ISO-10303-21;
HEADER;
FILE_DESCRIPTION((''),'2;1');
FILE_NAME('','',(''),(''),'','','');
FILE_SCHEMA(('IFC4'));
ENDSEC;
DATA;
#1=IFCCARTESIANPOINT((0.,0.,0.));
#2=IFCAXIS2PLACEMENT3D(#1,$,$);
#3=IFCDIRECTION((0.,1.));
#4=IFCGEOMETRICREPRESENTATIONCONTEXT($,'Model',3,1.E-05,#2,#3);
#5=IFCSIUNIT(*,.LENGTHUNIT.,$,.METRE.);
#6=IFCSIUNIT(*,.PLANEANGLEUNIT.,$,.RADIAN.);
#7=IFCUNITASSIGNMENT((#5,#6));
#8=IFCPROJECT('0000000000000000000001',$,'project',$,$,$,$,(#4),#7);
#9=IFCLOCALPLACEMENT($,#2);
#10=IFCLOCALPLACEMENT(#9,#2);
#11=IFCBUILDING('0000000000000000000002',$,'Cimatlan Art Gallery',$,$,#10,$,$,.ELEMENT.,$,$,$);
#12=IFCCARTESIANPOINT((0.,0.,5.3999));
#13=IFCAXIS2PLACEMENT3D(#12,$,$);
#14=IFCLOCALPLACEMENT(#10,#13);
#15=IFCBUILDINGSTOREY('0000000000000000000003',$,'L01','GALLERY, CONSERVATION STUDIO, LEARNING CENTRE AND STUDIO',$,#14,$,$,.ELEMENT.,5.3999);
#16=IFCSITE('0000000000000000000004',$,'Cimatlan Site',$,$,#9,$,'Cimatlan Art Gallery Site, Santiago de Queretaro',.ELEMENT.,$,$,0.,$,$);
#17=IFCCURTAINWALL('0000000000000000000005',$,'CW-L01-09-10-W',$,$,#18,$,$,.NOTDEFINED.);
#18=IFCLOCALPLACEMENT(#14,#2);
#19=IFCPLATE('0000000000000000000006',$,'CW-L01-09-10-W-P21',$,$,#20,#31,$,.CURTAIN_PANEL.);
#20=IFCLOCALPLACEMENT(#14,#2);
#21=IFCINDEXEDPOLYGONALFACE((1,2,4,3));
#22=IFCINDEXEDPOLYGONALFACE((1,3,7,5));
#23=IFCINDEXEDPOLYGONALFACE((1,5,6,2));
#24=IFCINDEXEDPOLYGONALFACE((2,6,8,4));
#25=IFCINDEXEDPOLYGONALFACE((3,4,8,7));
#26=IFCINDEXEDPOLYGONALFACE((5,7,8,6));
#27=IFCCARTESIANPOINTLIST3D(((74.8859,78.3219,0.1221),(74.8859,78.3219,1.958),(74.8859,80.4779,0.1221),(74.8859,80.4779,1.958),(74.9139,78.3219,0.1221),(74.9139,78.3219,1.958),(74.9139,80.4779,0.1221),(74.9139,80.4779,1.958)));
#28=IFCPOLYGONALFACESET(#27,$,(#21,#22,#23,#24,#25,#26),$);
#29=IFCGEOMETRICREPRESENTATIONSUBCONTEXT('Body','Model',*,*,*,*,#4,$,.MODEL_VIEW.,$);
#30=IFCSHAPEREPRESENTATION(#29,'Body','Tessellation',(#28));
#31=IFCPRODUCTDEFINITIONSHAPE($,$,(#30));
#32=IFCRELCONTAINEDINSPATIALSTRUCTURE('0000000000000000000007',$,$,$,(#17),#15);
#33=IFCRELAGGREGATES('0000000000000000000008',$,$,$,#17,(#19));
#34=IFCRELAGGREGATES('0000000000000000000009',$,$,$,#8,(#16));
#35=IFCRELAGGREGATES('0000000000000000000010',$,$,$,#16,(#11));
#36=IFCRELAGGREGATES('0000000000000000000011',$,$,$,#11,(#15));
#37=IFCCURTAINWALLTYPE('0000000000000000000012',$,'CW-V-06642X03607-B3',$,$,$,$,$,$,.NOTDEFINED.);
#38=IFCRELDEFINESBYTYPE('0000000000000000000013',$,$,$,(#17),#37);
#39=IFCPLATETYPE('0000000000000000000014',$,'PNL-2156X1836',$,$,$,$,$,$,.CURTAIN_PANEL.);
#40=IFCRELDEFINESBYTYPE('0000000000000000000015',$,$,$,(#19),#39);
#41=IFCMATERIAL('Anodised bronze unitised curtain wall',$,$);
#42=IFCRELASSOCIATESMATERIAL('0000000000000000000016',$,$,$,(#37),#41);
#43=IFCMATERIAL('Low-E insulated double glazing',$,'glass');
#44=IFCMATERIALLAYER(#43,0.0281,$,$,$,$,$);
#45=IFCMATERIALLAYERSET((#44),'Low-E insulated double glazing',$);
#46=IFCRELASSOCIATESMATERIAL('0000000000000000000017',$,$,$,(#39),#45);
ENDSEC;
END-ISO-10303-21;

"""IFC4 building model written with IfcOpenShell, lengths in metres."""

from ifc_helpers import new_model, si_unit, direction, frame, origin, origin_2d, place, context, subcontext, project, spatial, rectangle, extrude, material, layer, layer_set, type_object, element, aggregate, save


model = new_model("IFC4")

# Units and contexts
model_context = context("Model", 3, precision=1e-05, world=origin(), true_north=direction((0.0, 1.0)))
body_context = subcontext(model_context, "Body", "Model", "MODEL_VIEW")
ifc_project = project(units=[si_unit("LENGTHUNIT", "METRE"), si_unit("PLANEANGLEUNIT", "RADIAN")], contexts=[model_context])

# Site, building, storey
site_placement = place(None, origin())
site = spatial("IfcSite", under=ifc_project, at=site_placement, Name="Cimatlan Site", LongName="Cimatlan Art Gallery Site, Santiago de Queretaro", CompositionType="ELEMENT", RefElevation=0.0)
building_placement = place(site_placement, origin())
building = spatial("IfcBuilding", under=site, at=building_placement, Name="Cimatlan Art Gallery", CompositionType="ELEMENT")
storey_placement = place(building_placement, frame((0.0, 0.0, 5.3999)))
storey = spatial("IfcBuildingStorey", under=building, at=storey_placement, Name="L01", Description="GALLERY, CONSERVATION STUDIO, LEARNING CENTRE AND STUDIO", CompositionType="ELEMENT", Elevation=5.3999)

# Curtain wall
ifc_material_1 = material(Name="Anodised bronze unitised curtain wall")
curtain_wall_type_1 = type_object("IfcCurtainWallType", Name="CW-V-06642X03607-B3", PredefinedType="NOTDEFINED", material=ifc_material_1)
curtain_wall_1_placement = place(storey_placement, origin())
curtain_wall_1 = element("IfcCurtainWall", 1, at=curtain_wall_1_placement, inside=storey, type_object=curtain_wall_type_1, Name="CW-L01-09-10-W", PredefinedType="NOTDEFINED")

# Plate
ifc_material_2 = material(Name="Low-E insulated double glazing", Category="glass")
ifc_layer_1 = layer(ifc_material_2, 0.0281)
ifc_layer_set_1 = layer_set([ifc_layer_1], Name="Low-E insulated double glazing")
plate_type_1 = type_object("IfcPlateType", Name="PNL-2156X1836", PredefinedType="CURTAIN_PANEL", material=ifc_layer_set_1)
plate_1_placement = place(storey_placement, frame((74.8999, 79.3999, 0.1221), z_axis=(0.0, 0.0, 1.0), x_axis=(0.0, 1.0, 0.0)))
plate_1 = element("IfcPlate", 2, at=plate_1_placement, type_object=plate_type_1, Name="CW-L01-09-10-W-P21", PredefinedType="CURTAIN_PANEL", context=body_context, shape_type="SweptSolid", body=[
    extrude(rectangle(XDim=2.156, YDim=0.0281, at=origin_2d()), origin(), (0.0, 0.0, 1.0), 1.8359),
])
aggregate(curtain_wall_1, [plate_1])

save(model, "model.ifc")
